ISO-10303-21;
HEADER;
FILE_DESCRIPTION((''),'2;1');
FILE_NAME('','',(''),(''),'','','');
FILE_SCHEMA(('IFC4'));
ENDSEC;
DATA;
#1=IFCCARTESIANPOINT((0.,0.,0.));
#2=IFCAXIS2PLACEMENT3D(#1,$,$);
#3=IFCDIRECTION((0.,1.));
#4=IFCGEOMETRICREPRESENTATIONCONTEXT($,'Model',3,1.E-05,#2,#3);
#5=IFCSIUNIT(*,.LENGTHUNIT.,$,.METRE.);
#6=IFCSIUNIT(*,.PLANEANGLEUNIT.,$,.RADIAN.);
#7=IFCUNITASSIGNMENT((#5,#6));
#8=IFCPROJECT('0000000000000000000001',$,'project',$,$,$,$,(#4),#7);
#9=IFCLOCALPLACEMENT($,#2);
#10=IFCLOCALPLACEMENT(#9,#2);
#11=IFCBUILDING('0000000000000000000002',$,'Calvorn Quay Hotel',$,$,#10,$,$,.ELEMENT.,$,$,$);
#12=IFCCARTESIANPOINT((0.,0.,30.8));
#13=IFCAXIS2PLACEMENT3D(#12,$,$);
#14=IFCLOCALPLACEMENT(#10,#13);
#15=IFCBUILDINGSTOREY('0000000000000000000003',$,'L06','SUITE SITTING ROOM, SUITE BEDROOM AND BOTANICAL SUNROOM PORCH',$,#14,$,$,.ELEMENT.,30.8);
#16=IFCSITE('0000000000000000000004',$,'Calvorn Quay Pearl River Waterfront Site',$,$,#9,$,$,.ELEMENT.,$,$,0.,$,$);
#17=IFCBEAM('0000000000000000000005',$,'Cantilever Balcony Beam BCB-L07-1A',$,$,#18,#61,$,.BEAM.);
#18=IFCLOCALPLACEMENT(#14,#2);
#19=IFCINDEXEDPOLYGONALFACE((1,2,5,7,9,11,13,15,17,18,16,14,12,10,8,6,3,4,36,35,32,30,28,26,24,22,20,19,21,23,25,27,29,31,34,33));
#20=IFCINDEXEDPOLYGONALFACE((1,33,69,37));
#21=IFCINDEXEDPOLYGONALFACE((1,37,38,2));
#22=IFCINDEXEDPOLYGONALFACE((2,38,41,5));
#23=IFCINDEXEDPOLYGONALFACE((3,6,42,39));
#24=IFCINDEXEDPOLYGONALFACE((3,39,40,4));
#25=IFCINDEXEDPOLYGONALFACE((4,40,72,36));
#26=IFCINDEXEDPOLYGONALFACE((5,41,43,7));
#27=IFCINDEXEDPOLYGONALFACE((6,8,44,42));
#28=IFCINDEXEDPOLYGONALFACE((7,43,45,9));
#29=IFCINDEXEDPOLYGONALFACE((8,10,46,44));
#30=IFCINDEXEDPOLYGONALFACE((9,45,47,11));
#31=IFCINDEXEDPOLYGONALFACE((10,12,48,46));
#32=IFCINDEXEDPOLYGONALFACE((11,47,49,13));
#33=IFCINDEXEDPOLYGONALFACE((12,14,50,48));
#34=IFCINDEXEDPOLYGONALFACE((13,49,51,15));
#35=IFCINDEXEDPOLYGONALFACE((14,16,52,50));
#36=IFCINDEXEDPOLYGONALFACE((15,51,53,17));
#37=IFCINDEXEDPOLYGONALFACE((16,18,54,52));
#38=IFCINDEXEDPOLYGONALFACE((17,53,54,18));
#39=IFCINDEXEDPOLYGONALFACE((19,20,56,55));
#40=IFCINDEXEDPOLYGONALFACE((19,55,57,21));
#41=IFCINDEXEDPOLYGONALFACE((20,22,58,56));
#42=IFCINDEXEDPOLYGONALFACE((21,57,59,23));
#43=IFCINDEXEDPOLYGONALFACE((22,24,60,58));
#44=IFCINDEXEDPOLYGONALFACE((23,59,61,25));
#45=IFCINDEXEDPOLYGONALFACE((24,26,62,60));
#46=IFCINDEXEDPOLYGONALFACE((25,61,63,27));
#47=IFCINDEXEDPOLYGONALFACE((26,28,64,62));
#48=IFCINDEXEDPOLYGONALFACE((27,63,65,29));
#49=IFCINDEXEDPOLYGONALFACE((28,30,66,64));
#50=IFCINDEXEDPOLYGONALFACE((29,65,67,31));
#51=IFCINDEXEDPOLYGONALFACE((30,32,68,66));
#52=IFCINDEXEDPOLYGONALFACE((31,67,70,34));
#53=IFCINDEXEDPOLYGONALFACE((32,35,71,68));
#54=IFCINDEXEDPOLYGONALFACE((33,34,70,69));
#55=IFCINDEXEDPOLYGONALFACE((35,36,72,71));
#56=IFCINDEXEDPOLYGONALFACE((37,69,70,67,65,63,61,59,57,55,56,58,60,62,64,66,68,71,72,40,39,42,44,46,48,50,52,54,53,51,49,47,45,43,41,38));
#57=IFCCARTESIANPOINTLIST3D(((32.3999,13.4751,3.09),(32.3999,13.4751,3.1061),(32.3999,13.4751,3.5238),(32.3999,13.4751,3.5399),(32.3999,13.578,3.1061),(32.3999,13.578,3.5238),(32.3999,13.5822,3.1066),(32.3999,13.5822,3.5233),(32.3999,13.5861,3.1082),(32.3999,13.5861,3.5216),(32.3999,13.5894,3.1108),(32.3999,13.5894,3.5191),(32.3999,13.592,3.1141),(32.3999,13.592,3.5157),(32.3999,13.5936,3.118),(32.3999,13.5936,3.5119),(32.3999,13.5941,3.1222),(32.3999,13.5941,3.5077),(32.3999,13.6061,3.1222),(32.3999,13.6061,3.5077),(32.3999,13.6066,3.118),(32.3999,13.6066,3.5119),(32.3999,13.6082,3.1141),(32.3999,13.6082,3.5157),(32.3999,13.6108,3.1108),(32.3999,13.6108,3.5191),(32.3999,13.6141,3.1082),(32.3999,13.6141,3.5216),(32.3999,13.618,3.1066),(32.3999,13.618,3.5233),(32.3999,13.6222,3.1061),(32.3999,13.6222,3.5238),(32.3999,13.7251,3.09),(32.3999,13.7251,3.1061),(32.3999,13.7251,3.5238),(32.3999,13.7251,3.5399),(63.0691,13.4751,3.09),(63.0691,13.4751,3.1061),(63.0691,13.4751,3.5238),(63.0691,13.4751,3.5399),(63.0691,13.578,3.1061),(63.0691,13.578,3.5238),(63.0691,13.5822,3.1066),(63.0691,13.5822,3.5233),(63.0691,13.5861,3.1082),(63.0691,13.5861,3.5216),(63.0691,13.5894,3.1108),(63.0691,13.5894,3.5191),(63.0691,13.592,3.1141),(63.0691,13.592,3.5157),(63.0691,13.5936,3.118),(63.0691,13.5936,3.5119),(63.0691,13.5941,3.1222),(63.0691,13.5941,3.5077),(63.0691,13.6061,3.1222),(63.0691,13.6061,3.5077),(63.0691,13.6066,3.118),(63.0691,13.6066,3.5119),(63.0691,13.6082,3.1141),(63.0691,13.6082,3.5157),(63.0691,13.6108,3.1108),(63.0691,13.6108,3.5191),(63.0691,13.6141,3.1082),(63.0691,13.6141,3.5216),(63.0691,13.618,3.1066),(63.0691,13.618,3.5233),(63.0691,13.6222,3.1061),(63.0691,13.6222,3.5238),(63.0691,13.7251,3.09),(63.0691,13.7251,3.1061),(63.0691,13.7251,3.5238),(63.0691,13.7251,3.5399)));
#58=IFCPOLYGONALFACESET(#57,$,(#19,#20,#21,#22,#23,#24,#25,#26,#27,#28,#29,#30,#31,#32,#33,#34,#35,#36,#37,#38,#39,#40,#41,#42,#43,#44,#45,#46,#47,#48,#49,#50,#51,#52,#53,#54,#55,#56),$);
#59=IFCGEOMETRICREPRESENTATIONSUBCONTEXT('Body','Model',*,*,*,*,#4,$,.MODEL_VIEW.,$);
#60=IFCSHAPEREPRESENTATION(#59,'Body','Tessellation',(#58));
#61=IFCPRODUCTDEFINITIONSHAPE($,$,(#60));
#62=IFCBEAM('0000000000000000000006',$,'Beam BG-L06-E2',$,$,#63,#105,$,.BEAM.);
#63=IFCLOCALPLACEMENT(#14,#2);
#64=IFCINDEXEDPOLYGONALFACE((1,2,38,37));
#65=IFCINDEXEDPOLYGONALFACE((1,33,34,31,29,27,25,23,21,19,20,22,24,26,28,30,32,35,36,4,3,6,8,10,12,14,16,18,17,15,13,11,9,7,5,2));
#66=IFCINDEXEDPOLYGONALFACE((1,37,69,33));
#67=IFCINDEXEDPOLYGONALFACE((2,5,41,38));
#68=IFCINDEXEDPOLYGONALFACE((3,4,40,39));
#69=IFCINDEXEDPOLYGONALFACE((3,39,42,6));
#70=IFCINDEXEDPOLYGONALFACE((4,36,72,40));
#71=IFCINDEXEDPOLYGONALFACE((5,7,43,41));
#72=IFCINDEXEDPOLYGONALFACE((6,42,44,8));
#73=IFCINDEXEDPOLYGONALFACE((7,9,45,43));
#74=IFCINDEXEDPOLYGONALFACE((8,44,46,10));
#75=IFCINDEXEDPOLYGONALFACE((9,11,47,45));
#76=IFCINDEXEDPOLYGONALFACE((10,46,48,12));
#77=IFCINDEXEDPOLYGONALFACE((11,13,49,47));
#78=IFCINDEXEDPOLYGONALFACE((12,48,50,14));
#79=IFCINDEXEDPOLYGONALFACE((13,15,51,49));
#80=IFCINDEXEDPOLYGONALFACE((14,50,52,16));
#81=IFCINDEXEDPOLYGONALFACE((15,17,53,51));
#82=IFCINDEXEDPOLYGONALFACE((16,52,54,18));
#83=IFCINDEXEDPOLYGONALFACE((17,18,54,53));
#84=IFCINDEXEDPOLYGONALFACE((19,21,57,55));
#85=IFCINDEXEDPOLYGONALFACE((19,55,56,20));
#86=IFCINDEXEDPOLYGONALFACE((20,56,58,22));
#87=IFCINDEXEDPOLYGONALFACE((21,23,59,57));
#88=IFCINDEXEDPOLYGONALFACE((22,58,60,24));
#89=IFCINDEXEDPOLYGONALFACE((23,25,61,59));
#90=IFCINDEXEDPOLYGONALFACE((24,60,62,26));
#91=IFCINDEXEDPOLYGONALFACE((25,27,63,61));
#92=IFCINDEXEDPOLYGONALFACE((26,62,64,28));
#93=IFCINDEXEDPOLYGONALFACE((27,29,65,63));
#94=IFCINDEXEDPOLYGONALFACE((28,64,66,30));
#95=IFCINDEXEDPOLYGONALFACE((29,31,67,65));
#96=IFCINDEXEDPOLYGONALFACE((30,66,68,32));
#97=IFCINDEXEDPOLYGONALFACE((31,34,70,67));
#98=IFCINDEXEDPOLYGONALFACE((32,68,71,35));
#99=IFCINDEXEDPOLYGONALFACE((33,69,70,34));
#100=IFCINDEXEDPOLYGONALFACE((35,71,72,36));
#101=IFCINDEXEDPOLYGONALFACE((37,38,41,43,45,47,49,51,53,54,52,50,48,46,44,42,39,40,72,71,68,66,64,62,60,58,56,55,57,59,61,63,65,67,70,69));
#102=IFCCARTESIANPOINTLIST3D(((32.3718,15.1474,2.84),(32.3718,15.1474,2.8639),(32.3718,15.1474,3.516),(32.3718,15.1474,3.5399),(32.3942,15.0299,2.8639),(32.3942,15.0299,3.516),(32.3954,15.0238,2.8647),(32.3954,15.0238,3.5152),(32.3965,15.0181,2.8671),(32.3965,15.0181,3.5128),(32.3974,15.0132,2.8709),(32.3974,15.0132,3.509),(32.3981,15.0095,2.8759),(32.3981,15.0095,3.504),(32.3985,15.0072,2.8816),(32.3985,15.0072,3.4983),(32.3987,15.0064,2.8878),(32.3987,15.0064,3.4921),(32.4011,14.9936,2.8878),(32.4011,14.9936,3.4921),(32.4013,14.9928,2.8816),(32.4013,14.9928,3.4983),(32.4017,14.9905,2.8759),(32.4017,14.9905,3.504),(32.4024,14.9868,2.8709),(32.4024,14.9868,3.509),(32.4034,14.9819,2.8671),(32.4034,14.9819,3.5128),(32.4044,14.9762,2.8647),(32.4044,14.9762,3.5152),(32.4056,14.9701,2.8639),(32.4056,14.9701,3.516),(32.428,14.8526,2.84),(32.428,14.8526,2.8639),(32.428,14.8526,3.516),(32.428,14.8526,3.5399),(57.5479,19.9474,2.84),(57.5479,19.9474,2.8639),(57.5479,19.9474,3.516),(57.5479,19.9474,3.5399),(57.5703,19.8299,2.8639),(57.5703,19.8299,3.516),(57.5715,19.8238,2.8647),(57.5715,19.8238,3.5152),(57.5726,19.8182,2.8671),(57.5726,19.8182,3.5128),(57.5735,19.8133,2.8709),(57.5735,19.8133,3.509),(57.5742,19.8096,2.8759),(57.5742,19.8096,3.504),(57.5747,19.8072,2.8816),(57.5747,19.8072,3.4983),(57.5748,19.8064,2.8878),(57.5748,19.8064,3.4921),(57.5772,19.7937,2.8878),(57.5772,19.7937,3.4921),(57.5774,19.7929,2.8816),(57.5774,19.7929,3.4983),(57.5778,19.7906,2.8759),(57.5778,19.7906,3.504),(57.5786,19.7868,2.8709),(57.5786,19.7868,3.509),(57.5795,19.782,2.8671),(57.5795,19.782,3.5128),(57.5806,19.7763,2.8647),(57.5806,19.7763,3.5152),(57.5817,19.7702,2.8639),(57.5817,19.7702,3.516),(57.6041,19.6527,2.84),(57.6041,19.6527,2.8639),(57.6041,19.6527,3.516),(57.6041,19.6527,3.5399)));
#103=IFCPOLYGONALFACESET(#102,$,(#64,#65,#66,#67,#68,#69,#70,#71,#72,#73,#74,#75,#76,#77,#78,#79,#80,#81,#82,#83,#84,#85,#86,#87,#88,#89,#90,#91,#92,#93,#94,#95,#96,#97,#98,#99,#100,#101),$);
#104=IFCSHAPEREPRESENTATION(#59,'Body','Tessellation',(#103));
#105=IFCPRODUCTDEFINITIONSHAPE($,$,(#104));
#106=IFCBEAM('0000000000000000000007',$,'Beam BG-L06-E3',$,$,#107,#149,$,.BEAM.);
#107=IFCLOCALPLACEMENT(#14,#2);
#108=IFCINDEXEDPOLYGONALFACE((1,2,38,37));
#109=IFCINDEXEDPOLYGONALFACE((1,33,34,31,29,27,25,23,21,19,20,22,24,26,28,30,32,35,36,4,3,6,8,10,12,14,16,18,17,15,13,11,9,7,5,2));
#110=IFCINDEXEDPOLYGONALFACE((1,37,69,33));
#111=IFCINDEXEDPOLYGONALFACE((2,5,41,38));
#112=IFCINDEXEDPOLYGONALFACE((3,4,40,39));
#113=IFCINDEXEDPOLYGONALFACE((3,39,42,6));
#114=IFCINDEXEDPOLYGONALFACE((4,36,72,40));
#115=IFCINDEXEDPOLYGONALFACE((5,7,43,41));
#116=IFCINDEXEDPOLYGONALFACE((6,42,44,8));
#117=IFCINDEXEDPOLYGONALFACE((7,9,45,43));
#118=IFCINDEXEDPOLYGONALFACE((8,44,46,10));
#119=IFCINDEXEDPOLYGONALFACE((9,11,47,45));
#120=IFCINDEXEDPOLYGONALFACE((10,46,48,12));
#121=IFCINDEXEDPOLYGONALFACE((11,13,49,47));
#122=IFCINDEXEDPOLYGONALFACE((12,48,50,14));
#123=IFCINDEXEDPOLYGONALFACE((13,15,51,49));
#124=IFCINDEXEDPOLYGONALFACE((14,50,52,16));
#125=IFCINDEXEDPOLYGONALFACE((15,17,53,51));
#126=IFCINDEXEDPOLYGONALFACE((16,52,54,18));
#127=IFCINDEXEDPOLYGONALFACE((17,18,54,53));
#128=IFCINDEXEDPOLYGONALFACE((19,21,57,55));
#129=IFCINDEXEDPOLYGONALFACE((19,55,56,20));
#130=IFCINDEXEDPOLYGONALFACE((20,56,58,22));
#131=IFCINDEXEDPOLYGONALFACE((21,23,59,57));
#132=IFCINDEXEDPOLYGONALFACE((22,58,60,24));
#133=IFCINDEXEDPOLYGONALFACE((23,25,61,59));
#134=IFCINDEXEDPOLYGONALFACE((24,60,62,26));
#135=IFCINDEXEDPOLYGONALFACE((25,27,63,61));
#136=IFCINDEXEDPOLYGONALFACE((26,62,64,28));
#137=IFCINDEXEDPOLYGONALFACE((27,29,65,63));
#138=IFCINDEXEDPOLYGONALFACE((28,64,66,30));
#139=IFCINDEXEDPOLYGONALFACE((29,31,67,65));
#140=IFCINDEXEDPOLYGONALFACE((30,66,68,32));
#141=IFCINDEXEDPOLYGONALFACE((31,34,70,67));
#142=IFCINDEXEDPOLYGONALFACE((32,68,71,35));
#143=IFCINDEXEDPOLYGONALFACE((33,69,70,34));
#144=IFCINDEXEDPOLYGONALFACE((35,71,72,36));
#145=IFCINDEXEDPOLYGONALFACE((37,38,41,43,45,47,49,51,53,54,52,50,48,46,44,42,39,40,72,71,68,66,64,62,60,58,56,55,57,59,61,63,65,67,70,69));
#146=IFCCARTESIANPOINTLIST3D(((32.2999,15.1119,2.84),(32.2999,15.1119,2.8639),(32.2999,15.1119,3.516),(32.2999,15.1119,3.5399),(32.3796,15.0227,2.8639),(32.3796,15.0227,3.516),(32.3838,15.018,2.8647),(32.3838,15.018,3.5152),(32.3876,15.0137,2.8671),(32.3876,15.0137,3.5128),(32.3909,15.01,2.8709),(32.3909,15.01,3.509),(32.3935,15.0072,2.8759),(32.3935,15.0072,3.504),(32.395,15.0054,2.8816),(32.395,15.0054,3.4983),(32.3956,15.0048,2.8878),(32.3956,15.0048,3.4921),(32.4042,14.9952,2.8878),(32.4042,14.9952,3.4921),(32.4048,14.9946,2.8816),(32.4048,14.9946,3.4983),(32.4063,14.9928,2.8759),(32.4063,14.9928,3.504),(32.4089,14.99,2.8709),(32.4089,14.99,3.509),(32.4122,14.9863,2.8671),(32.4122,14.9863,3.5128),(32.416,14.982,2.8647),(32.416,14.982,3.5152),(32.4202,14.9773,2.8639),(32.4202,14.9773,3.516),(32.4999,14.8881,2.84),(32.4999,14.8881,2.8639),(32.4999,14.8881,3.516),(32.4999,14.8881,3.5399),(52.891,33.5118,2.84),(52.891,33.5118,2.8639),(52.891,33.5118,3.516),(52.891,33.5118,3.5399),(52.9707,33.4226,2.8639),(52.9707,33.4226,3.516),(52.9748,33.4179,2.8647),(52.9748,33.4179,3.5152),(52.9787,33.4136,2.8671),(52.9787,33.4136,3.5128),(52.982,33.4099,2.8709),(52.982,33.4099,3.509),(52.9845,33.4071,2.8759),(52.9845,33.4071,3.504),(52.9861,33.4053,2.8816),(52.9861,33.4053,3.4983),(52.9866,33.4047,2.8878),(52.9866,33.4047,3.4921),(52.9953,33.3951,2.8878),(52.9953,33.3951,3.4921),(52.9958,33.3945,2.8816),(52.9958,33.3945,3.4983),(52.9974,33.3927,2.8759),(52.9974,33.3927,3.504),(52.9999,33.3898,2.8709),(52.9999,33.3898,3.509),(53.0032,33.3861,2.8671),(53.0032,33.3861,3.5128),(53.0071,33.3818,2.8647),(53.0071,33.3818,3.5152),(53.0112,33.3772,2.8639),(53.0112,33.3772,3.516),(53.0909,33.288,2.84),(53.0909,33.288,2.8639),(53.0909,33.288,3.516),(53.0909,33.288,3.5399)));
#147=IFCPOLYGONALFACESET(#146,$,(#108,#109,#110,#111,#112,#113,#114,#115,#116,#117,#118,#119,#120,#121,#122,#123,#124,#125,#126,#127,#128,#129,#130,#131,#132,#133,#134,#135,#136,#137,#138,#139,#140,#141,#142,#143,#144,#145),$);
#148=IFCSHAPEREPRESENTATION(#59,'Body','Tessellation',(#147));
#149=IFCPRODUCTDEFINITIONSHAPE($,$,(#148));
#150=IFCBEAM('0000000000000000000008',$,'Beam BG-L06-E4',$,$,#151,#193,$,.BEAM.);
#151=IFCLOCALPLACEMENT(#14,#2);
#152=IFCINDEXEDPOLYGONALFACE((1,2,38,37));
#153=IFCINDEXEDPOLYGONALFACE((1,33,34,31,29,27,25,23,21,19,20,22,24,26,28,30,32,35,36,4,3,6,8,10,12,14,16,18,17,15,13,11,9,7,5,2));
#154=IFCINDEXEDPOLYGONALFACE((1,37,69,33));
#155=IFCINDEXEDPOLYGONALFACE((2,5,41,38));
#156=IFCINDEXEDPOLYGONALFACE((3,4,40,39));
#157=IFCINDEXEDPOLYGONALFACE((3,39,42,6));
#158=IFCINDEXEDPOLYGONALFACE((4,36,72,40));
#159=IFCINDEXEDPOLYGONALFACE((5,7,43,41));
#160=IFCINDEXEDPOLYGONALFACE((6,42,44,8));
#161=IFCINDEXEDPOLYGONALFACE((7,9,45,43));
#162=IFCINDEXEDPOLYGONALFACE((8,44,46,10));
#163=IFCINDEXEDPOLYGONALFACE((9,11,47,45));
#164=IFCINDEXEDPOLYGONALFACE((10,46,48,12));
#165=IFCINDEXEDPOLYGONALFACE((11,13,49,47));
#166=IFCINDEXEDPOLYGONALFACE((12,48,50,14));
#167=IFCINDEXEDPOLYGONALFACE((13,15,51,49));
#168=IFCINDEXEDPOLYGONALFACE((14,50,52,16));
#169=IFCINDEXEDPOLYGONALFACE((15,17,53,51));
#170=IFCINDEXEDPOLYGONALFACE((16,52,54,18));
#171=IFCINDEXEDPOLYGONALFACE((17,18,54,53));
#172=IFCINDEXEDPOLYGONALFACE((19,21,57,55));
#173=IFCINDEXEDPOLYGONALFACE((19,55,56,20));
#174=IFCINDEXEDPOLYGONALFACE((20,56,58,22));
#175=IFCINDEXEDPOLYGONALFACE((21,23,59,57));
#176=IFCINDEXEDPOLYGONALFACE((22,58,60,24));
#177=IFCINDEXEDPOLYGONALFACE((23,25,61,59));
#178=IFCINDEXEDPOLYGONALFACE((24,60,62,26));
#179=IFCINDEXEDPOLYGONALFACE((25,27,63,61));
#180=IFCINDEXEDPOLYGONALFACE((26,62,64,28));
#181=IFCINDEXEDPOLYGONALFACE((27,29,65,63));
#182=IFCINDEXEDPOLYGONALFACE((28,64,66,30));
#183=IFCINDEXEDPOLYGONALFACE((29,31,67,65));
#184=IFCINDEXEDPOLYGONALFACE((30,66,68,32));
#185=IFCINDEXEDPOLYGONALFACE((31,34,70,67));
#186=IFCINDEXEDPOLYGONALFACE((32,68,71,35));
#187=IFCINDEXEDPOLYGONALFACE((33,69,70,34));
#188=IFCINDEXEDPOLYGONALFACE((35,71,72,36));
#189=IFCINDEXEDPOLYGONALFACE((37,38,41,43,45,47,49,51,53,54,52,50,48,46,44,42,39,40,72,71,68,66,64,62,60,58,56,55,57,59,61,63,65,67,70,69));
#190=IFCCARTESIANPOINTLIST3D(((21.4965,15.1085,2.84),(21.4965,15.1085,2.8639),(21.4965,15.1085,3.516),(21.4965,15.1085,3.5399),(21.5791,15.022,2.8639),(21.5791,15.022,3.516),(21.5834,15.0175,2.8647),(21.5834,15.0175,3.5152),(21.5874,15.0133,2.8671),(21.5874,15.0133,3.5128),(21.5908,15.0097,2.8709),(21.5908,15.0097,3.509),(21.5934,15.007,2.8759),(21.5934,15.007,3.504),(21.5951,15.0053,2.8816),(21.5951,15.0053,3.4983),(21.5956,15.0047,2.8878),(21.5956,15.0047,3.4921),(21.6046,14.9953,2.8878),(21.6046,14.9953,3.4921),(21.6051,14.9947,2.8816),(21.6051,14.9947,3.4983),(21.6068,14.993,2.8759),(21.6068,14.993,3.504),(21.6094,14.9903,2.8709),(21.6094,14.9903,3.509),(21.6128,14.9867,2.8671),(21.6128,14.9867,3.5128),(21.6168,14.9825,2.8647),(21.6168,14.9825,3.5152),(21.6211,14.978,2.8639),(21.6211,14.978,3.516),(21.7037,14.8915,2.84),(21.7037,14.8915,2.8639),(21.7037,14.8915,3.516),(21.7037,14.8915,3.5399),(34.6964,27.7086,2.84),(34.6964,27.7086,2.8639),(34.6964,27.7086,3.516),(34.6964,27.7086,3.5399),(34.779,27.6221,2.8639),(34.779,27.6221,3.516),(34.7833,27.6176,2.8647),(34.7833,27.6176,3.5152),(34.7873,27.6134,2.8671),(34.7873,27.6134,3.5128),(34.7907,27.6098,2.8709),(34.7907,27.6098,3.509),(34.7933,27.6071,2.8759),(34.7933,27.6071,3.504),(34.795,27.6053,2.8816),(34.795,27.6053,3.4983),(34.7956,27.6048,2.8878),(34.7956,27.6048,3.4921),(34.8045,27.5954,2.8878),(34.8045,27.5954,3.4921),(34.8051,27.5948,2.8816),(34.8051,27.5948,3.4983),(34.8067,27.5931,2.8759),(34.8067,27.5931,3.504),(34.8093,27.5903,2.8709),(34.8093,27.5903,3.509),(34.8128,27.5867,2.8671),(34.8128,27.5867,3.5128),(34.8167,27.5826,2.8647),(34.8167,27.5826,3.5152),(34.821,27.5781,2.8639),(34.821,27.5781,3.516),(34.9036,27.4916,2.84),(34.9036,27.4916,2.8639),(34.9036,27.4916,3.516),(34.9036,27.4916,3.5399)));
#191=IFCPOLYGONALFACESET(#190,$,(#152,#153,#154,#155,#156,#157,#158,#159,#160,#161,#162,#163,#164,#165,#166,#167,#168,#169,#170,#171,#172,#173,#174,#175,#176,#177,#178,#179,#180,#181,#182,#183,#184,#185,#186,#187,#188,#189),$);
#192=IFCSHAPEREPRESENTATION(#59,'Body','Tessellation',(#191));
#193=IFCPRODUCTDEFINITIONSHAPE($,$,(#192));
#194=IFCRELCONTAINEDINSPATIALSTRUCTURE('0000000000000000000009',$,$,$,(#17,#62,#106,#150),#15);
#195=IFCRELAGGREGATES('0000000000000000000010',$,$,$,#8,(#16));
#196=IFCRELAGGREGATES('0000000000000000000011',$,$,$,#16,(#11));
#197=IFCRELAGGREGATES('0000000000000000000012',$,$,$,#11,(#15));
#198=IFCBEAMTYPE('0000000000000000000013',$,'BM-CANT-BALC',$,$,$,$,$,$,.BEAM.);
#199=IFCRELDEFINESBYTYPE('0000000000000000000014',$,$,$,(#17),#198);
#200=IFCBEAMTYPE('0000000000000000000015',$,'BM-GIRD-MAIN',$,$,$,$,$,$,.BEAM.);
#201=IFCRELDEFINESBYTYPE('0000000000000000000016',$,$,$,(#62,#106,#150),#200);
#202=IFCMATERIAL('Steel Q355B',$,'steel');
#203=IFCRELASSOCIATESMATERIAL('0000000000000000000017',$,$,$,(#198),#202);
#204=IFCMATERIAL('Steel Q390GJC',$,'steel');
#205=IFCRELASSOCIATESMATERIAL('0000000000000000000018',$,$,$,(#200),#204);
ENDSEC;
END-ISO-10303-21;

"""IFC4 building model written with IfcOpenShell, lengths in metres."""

from ifc_helpers import new_model, si_unit, direction, frame, origin, origin_2d, place, context, subcontext, project, spatial, i_section, extrude, material, material_profile, profile_set, type_object, element, save


model = new_model("IFC4")

# Units and contexts
model_context = context("Model", 3, precision=1e-05, world=origin(), true_north=direction((0.0, 1.0)))
body_context = subcontext(model_context, "Body", "Model", "MODEL_VIEW")
ifc_project = project(units=[si_unit("LENGTHUNIT", "METRE"), si_unit("PLANEANGLEUNIT", "RADIAN")], contexts=[model_context])

# Site, building, storey
site_placement = place(None, origin())
site = spatial("IfcSite", under=ifc_project, at=site_placement, Name="Calvorn Quay Pearl River Waterfront Site", CompositionType="ELEMENT", RefElevation=0.0)
building_placement = place(site_placement, origin())
building = spatial("IfcBuilding", under=site, at=building_placement, Name="Calvorn Quay Hotel", CompositionType="ELEMENT")
storey_placement = place(building_placement, frame((0.0, 0.0, 30.8)))
storey = spatial("IfcBuildingStorey", under=building, at=storey_placement, Name="L06", Description="SUITE SITTING ROOM, SUITE BEDROOM AND BOTANICAL SUNROOM PORCH", CompositionType="ELEMENT", Elevation=30.8)

# Beams
ifc_material_1 = material(Name="Steel Q355B", Category="steel")
ifc_material_profile_1 = material_profile(ifc_material_1, i_section(OverallWidth=0.25, OverallDepth=0.45, WebThickness=0.012, FlangeThickness=0.0161, FilletRadius=0.0161, at=origin_2d()), Name="HN450x250x12x16")
ifc_profile_set_1 = profile_set([ifc_material_profile_1], Name="Steel Q355B")
beam_type_1 = type_object("IfcBeamType", Name="BM-CANT-BALC", PredefinedType="BEAM", material=ifc_profile_set_1)
beam_1_placement = place(storey_placement, frame((32.3999, 13.6001, 3.3149), z_axis=(1.0, 0.0, 0.0), x_axis=(0.0, 1.0, 0.0)))
element("IfcBeam", 1, at=beam_1_placement, inside=storey, type_object=beam_type_1, Name="Cantilever Balcony Beam BCB-L07-1A", PredefinedType="BEAM", context=body_context, shape_type="SweptSolid", body=[
    extrude(i_section(OverallWidth=0.25, OverallDepth=0.45, WebThickness=0.012, FlangeThickness=0.0161, FilletRadius=0.0161, at=origin_2d()), origin(), (0.0, 0.0, 1.0), 30.6692),
])
ifc_material_2 = material(Name="Steel Q390GJC", Category="steel")
ifc_material_profile_2 = material_profile(ifc_material_2, i_section(OverallWidth=0.3, OverallDepth=0.7, WebThickness=0.0129, FlangeThickness=0.0239, FilletRadius=0.0239, at=origin_2d()), Name="HN700x300x13x24")
ifc_profile_set_2 = profile_set([ifc_material_profile_2], Name="Steel Q390GJC")
beam_type_2 = type_object("IfcBeamType", Name="BM-GIRD-MAIN", PredefinedType="BEAM", material=ifc_profile_set_2)
beam_2_placement = place(storey_placement, frame((32.3999, 15.0, 3.1899), z_axis=(0.982305, 0.187286, 0.0), x_axis=(-0.187286, 0.982305, 0.0)))
element("IfcBeam", 2, at=beam_2_placement, inside=storey, type_object=beam_type_2, Name="Beam BG-L06-E2", PredefinedType="BEAM", context=body_context, shape_type="SweptSolid", body=[
    extrude(i_section(OverallWidth=0.3, OverallDepth=0.7, WebThickness=0.0129, FlangeThickness=0.0239, FilletRadius=0.0239, at=origin_2d()), origin(), (0.0, 0.0, 1.0), 25.6296),
])
beam_3_placement = place(storey_placement, frame((32.3999, 15.0, 3.1899), z_axis=(0.745667, 0.666318, 0.0), x_axis=(-0.666318, 0.745667, 0.0)))
element("IfcBeam", 3, at=beam_3_placement, inside=storey, type_object=beam_type_2, Name="Beam BG-L06-E3", PredefinedType="BEAM", context=body_context, shape_type="SweptSolid", body=[
    extrude(i_section(OverallWidth=0.3, OverallDepth=0.7, WebThickness=0.0129, FlangeThickness=0.0239, FilletRadius=0.0239, at=origin_2d()), origin(), (0.0, 0.0, 1.0), 27.6143),
])
beam_4_placement = place(storey_placement, frame((21.6001, 15.0, 3.1899), z_axis=(0.723352, 0.69048, 0.0), x_axis=(-0.69048, 0.723352, 0.0)))
element("IfcBeam", 4, at=beam_4_placement, inside=storey, type_object=beam_type_2, Name="Beam BG-L06-E4", PredefinedType="BEAM", context=body_context, shape_type="SweptSolid", body=[
    extrude(i_section(OverallWidth=0.3, OverallDepth=0.7, WebThickness=0.0129, FlangeThickness=0.0239, FilletRadius=0.0239, at=origin_2d()), origin(), (0.0, 0.0, 1.0), 18.2483),
])

save(model, "model.ifc")
